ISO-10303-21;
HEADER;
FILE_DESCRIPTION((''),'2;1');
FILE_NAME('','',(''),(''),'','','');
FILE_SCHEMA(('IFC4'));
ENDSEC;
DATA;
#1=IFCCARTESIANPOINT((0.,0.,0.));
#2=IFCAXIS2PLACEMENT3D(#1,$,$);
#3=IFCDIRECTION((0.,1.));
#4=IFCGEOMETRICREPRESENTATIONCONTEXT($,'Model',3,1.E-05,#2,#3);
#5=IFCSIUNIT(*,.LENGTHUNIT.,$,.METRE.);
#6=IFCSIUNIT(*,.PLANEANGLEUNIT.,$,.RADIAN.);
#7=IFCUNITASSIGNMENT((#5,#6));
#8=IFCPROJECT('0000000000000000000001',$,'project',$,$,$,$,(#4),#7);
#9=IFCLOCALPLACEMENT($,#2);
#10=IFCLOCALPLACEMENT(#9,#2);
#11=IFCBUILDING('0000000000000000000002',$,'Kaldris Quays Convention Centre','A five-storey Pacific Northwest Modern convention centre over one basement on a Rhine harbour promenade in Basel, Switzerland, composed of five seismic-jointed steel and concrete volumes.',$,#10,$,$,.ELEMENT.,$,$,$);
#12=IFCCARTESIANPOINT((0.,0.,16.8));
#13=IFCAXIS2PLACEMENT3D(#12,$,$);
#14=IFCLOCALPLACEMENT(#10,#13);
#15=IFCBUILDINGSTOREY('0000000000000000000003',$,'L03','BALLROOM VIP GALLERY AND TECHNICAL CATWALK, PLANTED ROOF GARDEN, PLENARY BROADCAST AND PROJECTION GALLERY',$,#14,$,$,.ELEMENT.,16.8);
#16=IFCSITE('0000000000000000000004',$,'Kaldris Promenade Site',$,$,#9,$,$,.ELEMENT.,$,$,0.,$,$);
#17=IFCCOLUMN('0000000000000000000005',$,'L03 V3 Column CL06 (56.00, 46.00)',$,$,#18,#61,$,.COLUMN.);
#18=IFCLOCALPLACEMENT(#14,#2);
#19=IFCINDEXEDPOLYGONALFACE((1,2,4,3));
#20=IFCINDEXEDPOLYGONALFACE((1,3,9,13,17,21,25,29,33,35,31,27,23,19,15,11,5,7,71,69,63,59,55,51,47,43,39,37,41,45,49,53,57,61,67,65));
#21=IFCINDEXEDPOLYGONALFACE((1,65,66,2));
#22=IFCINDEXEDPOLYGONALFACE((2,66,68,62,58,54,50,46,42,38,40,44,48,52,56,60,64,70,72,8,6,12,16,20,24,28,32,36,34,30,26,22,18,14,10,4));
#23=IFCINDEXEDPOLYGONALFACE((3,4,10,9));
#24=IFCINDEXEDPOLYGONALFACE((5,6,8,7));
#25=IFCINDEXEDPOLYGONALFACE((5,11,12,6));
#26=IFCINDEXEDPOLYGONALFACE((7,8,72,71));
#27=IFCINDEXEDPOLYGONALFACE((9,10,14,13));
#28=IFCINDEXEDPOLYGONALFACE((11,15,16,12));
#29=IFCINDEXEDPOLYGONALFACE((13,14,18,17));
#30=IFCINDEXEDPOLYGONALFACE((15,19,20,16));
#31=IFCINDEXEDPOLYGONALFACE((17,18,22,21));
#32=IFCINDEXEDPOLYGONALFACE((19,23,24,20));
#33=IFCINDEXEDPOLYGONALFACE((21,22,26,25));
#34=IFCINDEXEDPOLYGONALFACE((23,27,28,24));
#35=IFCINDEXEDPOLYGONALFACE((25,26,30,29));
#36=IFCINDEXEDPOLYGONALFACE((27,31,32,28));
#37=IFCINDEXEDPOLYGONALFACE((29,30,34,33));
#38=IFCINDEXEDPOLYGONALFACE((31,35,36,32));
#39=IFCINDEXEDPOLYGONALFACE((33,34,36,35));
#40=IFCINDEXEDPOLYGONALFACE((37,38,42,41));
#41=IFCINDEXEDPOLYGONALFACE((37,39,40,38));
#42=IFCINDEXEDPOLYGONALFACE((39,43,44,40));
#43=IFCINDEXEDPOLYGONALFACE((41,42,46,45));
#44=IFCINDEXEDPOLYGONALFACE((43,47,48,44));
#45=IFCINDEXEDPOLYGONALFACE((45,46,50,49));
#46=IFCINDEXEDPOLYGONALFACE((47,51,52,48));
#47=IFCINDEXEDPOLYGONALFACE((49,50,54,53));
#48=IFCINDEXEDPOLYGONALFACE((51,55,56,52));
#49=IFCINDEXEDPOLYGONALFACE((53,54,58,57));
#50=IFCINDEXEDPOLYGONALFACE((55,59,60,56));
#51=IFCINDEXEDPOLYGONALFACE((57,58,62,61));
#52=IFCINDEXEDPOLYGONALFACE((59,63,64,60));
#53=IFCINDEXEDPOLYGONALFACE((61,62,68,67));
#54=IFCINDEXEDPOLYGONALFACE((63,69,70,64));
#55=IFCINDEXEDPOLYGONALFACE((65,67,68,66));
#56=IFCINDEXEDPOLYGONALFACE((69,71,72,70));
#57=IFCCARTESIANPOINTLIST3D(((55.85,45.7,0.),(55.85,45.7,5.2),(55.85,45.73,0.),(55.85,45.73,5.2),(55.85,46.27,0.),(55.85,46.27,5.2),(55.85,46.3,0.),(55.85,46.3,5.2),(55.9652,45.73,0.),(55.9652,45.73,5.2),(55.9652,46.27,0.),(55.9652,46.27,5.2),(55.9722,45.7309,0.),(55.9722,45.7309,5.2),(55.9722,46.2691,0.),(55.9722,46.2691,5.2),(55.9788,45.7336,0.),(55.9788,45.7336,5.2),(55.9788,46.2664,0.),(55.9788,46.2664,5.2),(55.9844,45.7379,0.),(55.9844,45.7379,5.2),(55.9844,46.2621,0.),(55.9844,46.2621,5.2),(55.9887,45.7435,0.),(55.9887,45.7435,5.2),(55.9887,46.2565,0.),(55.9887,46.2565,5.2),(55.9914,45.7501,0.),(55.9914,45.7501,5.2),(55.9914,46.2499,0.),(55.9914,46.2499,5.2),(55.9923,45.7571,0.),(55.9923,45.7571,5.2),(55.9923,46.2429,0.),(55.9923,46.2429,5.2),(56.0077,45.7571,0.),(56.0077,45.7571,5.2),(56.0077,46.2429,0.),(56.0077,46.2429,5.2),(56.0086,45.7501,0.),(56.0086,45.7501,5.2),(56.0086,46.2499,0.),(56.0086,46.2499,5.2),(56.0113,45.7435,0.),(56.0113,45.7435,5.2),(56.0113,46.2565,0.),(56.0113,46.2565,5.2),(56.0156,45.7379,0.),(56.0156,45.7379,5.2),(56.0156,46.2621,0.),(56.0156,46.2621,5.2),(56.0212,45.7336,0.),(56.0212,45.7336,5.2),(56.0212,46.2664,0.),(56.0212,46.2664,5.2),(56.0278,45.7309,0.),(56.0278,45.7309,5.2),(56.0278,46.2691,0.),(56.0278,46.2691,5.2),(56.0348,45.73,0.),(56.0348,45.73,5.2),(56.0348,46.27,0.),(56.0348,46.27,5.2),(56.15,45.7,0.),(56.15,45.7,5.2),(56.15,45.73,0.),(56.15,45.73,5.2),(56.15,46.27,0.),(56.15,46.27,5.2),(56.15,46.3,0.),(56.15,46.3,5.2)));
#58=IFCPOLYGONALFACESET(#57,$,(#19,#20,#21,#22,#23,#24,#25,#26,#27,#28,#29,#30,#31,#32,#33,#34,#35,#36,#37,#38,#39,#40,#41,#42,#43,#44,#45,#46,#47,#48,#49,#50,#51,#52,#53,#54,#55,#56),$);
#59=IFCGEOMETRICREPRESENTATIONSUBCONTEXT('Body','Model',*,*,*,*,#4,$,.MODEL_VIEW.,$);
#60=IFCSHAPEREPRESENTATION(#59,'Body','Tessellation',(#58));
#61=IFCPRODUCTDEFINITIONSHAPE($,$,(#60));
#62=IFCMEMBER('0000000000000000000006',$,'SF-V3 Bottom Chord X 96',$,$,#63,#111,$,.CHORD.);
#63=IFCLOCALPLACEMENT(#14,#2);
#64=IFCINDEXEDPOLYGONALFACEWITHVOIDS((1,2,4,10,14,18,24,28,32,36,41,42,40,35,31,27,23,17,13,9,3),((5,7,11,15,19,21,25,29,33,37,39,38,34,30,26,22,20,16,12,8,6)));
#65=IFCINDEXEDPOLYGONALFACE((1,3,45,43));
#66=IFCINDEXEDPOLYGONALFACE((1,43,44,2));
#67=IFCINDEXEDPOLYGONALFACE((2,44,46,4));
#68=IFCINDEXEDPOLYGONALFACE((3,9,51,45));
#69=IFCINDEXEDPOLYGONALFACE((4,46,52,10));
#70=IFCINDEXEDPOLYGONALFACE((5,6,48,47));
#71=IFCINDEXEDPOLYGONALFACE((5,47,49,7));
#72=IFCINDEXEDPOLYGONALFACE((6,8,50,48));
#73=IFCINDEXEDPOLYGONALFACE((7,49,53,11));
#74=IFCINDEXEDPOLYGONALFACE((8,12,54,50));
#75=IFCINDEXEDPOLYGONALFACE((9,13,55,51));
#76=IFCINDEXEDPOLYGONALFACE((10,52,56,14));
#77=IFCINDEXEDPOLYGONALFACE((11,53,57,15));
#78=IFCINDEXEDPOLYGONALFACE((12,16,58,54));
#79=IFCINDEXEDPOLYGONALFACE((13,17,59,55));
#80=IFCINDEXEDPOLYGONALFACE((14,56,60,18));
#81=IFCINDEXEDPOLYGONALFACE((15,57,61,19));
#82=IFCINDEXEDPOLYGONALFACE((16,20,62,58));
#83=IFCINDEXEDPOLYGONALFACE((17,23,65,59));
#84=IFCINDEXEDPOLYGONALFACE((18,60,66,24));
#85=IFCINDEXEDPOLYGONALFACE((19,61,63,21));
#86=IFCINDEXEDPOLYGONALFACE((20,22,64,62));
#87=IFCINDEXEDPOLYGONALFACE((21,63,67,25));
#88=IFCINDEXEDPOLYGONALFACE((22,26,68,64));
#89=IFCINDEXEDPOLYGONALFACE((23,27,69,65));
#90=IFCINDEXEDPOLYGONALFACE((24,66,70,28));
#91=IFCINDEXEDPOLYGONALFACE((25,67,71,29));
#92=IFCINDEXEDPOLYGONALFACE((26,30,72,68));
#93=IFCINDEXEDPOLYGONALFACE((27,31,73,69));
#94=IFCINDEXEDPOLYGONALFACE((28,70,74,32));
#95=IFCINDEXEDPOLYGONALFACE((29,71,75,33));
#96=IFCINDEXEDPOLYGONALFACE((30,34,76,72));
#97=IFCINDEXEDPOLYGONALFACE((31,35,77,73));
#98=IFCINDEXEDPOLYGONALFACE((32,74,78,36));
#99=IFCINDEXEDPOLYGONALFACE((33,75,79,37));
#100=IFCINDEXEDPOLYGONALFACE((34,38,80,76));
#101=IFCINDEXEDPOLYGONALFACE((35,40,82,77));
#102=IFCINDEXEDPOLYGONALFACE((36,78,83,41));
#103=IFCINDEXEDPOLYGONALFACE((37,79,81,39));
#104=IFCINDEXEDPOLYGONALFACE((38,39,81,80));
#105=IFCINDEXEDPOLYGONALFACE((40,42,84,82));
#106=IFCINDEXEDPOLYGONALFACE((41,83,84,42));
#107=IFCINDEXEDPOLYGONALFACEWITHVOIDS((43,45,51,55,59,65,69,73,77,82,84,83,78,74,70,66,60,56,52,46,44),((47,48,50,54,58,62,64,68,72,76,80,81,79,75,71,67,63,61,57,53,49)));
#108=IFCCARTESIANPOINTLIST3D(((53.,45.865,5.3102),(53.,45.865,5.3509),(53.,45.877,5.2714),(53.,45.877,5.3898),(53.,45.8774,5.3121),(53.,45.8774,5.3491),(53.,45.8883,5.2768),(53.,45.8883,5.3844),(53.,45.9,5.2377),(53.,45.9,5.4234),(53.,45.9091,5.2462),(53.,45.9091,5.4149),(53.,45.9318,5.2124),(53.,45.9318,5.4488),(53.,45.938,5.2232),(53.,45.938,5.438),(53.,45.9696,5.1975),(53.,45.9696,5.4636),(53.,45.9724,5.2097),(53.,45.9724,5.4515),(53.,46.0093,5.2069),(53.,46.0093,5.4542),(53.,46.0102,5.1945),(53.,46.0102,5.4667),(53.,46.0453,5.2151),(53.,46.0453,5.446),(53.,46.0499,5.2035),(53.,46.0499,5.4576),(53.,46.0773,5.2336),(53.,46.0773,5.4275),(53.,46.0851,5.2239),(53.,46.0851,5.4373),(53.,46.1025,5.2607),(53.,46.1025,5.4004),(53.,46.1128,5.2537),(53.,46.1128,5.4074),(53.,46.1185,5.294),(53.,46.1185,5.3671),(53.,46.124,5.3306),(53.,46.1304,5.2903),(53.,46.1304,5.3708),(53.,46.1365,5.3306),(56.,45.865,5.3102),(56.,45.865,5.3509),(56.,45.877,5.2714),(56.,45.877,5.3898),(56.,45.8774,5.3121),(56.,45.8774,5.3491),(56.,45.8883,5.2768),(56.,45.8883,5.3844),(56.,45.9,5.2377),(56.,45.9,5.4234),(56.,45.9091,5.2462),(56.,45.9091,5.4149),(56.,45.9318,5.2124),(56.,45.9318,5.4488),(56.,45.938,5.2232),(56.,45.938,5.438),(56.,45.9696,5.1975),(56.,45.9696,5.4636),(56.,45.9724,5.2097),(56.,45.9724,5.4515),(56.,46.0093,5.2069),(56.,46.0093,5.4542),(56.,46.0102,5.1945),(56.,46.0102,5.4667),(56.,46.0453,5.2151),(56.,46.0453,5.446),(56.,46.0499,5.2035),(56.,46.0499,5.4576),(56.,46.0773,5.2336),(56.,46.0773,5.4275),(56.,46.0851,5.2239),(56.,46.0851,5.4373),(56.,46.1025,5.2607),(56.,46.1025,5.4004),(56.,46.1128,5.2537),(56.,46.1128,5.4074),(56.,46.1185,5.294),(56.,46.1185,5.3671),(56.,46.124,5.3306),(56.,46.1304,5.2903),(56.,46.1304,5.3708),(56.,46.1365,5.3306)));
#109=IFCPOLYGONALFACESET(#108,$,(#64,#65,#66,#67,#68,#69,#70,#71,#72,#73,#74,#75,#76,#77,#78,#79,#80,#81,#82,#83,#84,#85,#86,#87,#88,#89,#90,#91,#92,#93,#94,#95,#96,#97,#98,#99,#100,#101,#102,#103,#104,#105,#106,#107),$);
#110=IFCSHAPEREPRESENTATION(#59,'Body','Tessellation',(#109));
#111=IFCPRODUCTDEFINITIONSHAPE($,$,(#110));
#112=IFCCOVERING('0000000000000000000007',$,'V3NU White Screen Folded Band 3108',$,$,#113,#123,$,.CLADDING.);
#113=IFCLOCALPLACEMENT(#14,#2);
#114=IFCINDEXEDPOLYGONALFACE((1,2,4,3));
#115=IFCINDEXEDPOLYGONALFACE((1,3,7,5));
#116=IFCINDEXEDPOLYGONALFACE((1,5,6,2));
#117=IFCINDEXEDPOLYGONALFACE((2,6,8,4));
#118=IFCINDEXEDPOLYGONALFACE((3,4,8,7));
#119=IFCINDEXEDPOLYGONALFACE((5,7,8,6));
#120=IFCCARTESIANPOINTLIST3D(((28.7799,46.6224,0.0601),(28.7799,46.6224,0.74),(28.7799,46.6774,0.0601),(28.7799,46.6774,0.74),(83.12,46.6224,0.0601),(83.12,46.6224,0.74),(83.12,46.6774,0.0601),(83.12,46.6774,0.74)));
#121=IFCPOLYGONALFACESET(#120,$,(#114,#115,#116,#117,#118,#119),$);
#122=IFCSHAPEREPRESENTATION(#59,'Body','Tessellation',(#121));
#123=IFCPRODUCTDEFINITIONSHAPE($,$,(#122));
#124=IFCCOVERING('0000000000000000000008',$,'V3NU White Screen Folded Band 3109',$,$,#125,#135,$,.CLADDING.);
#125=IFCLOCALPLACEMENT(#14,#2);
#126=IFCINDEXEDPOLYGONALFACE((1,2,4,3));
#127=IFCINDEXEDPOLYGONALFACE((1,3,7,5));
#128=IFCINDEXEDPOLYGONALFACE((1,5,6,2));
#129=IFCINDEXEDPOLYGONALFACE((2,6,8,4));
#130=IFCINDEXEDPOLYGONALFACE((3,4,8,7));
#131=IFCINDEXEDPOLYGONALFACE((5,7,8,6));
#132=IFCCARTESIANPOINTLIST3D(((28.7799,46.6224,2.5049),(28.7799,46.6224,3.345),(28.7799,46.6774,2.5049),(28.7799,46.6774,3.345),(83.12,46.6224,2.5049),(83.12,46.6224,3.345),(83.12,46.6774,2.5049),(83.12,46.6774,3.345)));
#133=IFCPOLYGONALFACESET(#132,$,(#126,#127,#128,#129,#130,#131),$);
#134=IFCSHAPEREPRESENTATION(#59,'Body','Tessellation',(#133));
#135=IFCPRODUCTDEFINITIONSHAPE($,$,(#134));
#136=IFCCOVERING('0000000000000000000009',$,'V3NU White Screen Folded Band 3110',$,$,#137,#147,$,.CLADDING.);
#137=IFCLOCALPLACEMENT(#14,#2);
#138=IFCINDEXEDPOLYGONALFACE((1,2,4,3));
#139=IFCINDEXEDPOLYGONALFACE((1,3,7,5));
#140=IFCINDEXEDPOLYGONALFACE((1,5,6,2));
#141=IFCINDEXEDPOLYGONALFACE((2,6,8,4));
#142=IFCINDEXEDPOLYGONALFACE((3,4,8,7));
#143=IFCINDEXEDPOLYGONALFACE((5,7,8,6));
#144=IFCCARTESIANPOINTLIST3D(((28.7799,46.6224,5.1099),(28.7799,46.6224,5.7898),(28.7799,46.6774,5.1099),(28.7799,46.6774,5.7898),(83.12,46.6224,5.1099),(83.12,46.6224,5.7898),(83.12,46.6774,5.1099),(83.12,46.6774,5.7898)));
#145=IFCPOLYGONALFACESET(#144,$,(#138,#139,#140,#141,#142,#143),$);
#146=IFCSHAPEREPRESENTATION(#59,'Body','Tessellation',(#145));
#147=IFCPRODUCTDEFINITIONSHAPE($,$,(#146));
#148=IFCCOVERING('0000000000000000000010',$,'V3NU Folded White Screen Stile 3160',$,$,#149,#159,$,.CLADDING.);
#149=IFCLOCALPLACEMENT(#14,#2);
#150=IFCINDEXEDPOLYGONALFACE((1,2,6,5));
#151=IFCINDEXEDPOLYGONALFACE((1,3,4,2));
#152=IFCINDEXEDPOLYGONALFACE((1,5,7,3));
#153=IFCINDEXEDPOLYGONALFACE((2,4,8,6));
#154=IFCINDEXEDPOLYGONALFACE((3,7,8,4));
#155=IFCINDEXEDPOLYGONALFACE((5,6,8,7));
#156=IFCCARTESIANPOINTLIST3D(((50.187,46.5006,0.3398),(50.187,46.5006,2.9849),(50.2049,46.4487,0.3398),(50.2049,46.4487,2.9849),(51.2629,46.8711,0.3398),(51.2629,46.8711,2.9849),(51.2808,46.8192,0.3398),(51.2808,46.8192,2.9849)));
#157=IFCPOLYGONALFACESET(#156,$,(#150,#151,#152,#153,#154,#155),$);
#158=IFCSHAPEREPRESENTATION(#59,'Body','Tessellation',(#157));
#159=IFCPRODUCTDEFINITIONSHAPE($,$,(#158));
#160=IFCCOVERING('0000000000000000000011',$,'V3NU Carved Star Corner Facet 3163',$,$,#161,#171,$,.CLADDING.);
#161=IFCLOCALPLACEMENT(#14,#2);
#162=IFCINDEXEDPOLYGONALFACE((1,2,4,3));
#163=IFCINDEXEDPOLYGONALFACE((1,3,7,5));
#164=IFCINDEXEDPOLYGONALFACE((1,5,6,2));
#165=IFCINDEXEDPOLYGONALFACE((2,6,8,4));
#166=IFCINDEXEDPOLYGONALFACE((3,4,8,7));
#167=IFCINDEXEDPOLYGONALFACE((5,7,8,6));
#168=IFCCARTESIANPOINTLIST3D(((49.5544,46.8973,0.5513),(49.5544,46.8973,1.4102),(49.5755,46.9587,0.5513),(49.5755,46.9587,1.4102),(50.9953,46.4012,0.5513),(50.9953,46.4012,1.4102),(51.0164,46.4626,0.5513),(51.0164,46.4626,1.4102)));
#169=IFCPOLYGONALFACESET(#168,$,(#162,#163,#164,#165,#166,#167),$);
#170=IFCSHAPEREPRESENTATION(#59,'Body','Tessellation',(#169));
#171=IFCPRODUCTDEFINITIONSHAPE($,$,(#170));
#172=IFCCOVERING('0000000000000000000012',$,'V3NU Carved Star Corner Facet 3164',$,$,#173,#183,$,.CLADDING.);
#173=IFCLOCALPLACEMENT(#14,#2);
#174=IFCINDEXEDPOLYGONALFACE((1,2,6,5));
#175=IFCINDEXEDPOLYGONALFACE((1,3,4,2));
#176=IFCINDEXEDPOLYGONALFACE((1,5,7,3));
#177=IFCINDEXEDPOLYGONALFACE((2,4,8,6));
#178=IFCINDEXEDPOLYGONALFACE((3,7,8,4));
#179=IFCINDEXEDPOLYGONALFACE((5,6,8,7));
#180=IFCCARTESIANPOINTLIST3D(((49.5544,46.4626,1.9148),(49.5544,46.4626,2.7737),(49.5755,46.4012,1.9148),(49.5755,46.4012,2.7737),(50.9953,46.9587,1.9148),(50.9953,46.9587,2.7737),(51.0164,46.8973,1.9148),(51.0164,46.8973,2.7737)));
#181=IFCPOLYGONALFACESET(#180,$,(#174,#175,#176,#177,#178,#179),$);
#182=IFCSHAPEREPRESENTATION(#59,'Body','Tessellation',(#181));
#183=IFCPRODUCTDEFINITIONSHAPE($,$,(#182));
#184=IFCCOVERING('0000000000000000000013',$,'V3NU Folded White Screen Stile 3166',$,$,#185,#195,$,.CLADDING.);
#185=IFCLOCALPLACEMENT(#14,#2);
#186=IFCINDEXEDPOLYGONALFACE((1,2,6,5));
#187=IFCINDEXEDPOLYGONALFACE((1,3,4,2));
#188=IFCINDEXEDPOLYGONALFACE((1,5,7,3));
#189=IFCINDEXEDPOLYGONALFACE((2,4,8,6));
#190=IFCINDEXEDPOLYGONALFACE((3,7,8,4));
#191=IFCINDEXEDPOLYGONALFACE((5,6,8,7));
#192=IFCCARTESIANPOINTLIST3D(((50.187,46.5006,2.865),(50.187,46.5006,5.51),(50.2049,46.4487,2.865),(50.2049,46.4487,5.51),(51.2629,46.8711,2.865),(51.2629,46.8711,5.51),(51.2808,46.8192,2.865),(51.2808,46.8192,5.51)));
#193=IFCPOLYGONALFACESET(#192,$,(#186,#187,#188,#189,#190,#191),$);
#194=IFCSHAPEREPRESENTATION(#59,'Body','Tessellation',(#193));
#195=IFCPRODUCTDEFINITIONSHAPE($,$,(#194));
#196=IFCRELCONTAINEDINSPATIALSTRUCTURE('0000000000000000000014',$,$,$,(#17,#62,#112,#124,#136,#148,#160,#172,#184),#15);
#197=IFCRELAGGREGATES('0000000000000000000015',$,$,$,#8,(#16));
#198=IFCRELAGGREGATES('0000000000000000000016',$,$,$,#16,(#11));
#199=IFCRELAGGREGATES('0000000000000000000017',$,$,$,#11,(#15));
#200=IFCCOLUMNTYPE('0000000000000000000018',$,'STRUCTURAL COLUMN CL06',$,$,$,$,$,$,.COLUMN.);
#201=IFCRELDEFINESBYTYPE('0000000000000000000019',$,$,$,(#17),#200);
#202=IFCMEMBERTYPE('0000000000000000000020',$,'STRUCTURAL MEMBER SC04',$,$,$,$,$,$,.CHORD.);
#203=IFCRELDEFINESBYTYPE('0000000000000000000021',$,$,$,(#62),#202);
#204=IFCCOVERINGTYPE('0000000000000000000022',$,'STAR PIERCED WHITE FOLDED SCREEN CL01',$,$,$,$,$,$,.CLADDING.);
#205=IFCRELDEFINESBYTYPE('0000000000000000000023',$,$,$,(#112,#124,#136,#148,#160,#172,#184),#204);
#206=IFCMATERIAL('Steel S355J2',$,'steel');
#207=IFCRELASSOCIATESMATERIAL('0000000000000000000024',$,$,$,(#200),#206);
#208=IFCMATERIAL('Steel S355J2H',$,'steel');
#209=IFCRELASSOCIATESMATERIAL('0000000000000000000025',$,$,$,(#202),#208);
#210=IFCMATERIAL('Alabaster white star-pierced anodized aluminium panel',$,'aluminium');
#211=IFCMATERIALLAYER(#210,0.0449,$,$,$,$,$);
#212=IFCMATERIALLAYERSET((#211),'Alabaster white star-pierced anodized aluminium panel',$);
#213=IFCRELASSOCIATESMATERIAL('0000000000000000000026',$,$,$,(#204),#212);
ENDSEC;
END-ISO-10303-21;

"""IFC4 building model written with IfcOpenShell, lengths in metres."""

from ifc_helpers import new_model, si_unit, direction, frame, origin, origin_2d, place, context, subcontext, project, spatial, rectangle, hollow_circle, i_section, extrude, material, layer, layer_set, material_profile, profile_set, type_object, element, save


model = new_model("IFC4")

# Units and contexts
model_context = context("Model", 3, precision=1e-05, world=origin(), true_north=direction((0.0, 1.0)))
body_context = subcontext(model_context, "Body", "Model", "MODEL_VIEW")
ifc_project = project(units=[si_unit("LENGTHUNIT", "METRE"), si_unit("PLANEANGLEUNIT", "RADIAN")], contexts=[model_context])

# Site, building, storey
site_placement = place(None, origin())
site = spatial("IfcSite", under=ifc_project, at=site_placement, Name="Kaldris Promenade Site", CompositionType="ELEMENT", RefElevation=0.0)
building_placement = place(site_placement, origin())
building = spatial("IfcBuilding", under=site, at=building_placement, Name="Kaldris Quays Convention Centre", Description="A five-storey Pacific Northwest Modern convention centre over one basement on a Rhine harbour promenade in Basel, Switzerland, composed of five seismic-jointed steel and concrete volumes.", CompositionType="ELEMENT")
storey_placement = place(building_placement, frame((0.0, 0.0, 16.8)))
storey = spatial("IfcBuildingStorey", under=building, at=storey_placement, Name="L03", Description="BALLROOM VIP GALLERY AND TECHNICAL CATWALK, PLANTED ROOF GARDEN, PLENARY BROADCAST AND PROJECTION GALLERY", CompositionType="ELEMENT", Elevation=16.8)

# Column
ifc_material_1 = material(Name="Steel S355J2", Category="steel")
ifc_material_profile_1 = material_profile(ifc_material_1, i_section(OverallWidth=0.3, OverallDepth=0.6001, WebThickness=0.0154, FlangeThickness=0.03, FilletRadius=0.0271, at=origin_2d()), Name="HEB 600")
ifc_profile_set_1 = profile_set([ifc_material_profile_1], Name="Steel S355J2")
column_type = type_object("IfcColumnType", Name="STRUCTURAL COLUMN CL06", PredefinedType="COLUMN", material=ifc_profile_set_1)
column_placement = place(storey_placement, frame((56.0, 46.0, 0.0), z_axis=(0.0, 0.0, 1.0), x_axis=(1.0, 0.0, 0.0)))
element("IfcColumn", 1, at=column_placement, inside=storey, type_object=column_type, Name="L03 V3 Column CL06 (56.00, 46.00)", PredefinedType="COLUMN", context=body_context, shape_type="SweptSolid", body=[
    extrude(i_section(OverallWidth=0.3, OverallDepth=0.6001, WebThickness=0.0154, FlangeThickness=0.03, FilletRadius=0.0271, at=origin_2d()), origin(), (0.0, 0.0, 1.0), 5.2),
])

# Member
ifc_material_2 = material(Name="Steel S355J2H", Category="steel")
ifc_material_profile_2 = material_profile(ifc_material_2, hollow_circle(Radius=0.1365, WallThickness=0.0125, at=origin_2d()), Name="CHS 273x12.5")
ifc_profile_set_2 = profile_set([ifc_material_profile_2], Name="Steel S355J2H")
member_type = type_object("IfcMemberType", Name="STRUCTURAL MEMBER SC04", PredefinedType="CHORD", material=ifc_profile_set_2)
member_placement = place(storey_placement, frame((53.0, 46.0, 5.3306), z_axis=(1.0, 0.0, 0.0), x_axis=(0.0, 1.0, 0.0)))
element("IfcMember", 2, at=member_placement, inside=storey, type_object=member_type, Name="SF-V3 Bottom Chord X 96", PredefinedType="CHORD", context=body_context, shape_type="SweptSolid", body=[
    extrude(hollow_circle(Radius=0.1365, WallThickness=0.0125, at=origin_2d()), origin(), (0.0, 0.0, 1.0), 3.0),
])

# Coverings
ifc_material_3 = material(Name="Alabaster white star-pierced anodized aluminium panel", Category="aluminium")
ifc_layer = layer(ifc_material_3, 0.0449)
ifc_layer_set = layer_set([ifc_layer], Name="Alabaster white star-pierced anodized aluminium panel")
covering_type = type_object("IfcCoveringType", Name="STAR PIERCED WHITE FOLDED SCREEN CL01", PredefinedType="CLADDING", material=ifc_layer_set)
covering_1_placement = place(storey_placement, frame((55.95, 46.6499, 0.0601), z_axis=(0.0, 0.0, 1.0), x_axis=(1.0, 0.0, 0.0)))
element("IfcCovering", 3, at=covering_1_placement, inside=storey, type_object=covering_type, Name="V3NU White Screen Folded Band 3108", PredefinedType="CLADDING", context=body_context, shape_type="SweptSolid", body=[
    extrude(rectangle(XDim=54.3401, YDim=0.0549, at=origin_2d()), origin(), (0.0, 0.0, 1.0), 0.6799),
])
covering_2_placement = place(storey_placement, frame((55.95, 46.6499, 2.5049), z_axis=(0.0, 0.0, 1.0), x_axis=(1.0, 0.0, 0.0)))
element("IfcCovering", 4, at=covering_2_placement, inside=storey, type_object=covering_type, Name="V3NU White Screen Folded Band 3109", PredefinedType="CLADDING", context=body_context, shape_type="SweptSolid", body=[
    extrude(rectangle(XDim=54.3401, YDim=0.0549, at=origin_2d()), origin(), (0.0, 0.0, 1.0), 0.8401),
])
covering_3_placement = place(storey_placement, frame((55.95, 46.6499, 5.1099), z_axis=(0.0, 0.0, 1.0), x_axis=(1.0, 0.0, 0.0)))
element("IfcCovering", 5, at=covering_3_placement, inside=storey, type_object=covering_type, Name="V3NU White Screen Folded Band 3110", PredefinedType="CLADDING", context=body_context, shape_type="SweptSolid", body=[
    extrude(rectangle(XDim=54.3401, YDim=0.0549, at=origin_2d()), origin(), (0.0, 0.0, 1.0), 0.6799),
])
covering_4_placement = place(storey_placement, frame((50.7339, 46.6599, 0.3398), z_axis=(0.0, 0.0, 1.0), x_axis=(0.945519, 0.325568, 0.0)))
element("IfcCovering", 6, at=covering_4_placement, inside=storey, type_object=covering_type, Name="V3NU Folded White Screen Stile 3160", PredefinedType="CLADDING", context=body_context, shape_type="SweptSolid", body=[
    extrude(rectangle(XDim=1.1379, YDim=0.0549, at=origin_2d()), origin(), (0.0, 0.0, 1.0), 2.645),
])
for number, where, z_axis, x_axis, name in (
    (7, (50.2854, 46.6799, 0.5513), (0.0, 0.0, 1.0), (0.945519, -0.325568, 0.0), "V3NU Carved Star Corner Facet 3163"),
    (8, (50.2854, 46.6799, 1.9148), (0.0, 0.0, 1.0), (0.945519, 0.325568, 0.0), "V3NU Carved Star Corner Facet 3164"),
):
    element("IfcCovering", number, at=place(storey_placement, frame(where, z_axis=z_axis, x_axis=x_axis)), inside=storey, type_object=covering_type, Name=name, PredefinedType="CLADDING", context=body_context, shape_type="SweptSolid", body=[
        extrude(rectangle(XDim=1.5239, YDim=0.0649, at=origin_2d()), origin(), (0.0, 0.0, 1.0), 0.8589),
    ])
covering_5_placement = place(storey_placement, frame((50.7339, 46.6599, 2.865), z_axis=(0.0, 0.0, 1.0), x_axis=(0.945519, 0.325568, 0.0)))
element("IfcCovering", 9, at=covering_5_placement, inside=storey, type_object=covering_type, Name="V3NU Folded White Screen Stile 3166", PredefinedType="CLADDING", context=body_context, shape_type="SweptSolid", body=[
    extrude(rectangle(XDim=1.1379, YDim=0.0549, at=origin_2d()), origin(), (0.0, 0.0, 1.0), 2.645),
])

save(model, "model.ifc")
